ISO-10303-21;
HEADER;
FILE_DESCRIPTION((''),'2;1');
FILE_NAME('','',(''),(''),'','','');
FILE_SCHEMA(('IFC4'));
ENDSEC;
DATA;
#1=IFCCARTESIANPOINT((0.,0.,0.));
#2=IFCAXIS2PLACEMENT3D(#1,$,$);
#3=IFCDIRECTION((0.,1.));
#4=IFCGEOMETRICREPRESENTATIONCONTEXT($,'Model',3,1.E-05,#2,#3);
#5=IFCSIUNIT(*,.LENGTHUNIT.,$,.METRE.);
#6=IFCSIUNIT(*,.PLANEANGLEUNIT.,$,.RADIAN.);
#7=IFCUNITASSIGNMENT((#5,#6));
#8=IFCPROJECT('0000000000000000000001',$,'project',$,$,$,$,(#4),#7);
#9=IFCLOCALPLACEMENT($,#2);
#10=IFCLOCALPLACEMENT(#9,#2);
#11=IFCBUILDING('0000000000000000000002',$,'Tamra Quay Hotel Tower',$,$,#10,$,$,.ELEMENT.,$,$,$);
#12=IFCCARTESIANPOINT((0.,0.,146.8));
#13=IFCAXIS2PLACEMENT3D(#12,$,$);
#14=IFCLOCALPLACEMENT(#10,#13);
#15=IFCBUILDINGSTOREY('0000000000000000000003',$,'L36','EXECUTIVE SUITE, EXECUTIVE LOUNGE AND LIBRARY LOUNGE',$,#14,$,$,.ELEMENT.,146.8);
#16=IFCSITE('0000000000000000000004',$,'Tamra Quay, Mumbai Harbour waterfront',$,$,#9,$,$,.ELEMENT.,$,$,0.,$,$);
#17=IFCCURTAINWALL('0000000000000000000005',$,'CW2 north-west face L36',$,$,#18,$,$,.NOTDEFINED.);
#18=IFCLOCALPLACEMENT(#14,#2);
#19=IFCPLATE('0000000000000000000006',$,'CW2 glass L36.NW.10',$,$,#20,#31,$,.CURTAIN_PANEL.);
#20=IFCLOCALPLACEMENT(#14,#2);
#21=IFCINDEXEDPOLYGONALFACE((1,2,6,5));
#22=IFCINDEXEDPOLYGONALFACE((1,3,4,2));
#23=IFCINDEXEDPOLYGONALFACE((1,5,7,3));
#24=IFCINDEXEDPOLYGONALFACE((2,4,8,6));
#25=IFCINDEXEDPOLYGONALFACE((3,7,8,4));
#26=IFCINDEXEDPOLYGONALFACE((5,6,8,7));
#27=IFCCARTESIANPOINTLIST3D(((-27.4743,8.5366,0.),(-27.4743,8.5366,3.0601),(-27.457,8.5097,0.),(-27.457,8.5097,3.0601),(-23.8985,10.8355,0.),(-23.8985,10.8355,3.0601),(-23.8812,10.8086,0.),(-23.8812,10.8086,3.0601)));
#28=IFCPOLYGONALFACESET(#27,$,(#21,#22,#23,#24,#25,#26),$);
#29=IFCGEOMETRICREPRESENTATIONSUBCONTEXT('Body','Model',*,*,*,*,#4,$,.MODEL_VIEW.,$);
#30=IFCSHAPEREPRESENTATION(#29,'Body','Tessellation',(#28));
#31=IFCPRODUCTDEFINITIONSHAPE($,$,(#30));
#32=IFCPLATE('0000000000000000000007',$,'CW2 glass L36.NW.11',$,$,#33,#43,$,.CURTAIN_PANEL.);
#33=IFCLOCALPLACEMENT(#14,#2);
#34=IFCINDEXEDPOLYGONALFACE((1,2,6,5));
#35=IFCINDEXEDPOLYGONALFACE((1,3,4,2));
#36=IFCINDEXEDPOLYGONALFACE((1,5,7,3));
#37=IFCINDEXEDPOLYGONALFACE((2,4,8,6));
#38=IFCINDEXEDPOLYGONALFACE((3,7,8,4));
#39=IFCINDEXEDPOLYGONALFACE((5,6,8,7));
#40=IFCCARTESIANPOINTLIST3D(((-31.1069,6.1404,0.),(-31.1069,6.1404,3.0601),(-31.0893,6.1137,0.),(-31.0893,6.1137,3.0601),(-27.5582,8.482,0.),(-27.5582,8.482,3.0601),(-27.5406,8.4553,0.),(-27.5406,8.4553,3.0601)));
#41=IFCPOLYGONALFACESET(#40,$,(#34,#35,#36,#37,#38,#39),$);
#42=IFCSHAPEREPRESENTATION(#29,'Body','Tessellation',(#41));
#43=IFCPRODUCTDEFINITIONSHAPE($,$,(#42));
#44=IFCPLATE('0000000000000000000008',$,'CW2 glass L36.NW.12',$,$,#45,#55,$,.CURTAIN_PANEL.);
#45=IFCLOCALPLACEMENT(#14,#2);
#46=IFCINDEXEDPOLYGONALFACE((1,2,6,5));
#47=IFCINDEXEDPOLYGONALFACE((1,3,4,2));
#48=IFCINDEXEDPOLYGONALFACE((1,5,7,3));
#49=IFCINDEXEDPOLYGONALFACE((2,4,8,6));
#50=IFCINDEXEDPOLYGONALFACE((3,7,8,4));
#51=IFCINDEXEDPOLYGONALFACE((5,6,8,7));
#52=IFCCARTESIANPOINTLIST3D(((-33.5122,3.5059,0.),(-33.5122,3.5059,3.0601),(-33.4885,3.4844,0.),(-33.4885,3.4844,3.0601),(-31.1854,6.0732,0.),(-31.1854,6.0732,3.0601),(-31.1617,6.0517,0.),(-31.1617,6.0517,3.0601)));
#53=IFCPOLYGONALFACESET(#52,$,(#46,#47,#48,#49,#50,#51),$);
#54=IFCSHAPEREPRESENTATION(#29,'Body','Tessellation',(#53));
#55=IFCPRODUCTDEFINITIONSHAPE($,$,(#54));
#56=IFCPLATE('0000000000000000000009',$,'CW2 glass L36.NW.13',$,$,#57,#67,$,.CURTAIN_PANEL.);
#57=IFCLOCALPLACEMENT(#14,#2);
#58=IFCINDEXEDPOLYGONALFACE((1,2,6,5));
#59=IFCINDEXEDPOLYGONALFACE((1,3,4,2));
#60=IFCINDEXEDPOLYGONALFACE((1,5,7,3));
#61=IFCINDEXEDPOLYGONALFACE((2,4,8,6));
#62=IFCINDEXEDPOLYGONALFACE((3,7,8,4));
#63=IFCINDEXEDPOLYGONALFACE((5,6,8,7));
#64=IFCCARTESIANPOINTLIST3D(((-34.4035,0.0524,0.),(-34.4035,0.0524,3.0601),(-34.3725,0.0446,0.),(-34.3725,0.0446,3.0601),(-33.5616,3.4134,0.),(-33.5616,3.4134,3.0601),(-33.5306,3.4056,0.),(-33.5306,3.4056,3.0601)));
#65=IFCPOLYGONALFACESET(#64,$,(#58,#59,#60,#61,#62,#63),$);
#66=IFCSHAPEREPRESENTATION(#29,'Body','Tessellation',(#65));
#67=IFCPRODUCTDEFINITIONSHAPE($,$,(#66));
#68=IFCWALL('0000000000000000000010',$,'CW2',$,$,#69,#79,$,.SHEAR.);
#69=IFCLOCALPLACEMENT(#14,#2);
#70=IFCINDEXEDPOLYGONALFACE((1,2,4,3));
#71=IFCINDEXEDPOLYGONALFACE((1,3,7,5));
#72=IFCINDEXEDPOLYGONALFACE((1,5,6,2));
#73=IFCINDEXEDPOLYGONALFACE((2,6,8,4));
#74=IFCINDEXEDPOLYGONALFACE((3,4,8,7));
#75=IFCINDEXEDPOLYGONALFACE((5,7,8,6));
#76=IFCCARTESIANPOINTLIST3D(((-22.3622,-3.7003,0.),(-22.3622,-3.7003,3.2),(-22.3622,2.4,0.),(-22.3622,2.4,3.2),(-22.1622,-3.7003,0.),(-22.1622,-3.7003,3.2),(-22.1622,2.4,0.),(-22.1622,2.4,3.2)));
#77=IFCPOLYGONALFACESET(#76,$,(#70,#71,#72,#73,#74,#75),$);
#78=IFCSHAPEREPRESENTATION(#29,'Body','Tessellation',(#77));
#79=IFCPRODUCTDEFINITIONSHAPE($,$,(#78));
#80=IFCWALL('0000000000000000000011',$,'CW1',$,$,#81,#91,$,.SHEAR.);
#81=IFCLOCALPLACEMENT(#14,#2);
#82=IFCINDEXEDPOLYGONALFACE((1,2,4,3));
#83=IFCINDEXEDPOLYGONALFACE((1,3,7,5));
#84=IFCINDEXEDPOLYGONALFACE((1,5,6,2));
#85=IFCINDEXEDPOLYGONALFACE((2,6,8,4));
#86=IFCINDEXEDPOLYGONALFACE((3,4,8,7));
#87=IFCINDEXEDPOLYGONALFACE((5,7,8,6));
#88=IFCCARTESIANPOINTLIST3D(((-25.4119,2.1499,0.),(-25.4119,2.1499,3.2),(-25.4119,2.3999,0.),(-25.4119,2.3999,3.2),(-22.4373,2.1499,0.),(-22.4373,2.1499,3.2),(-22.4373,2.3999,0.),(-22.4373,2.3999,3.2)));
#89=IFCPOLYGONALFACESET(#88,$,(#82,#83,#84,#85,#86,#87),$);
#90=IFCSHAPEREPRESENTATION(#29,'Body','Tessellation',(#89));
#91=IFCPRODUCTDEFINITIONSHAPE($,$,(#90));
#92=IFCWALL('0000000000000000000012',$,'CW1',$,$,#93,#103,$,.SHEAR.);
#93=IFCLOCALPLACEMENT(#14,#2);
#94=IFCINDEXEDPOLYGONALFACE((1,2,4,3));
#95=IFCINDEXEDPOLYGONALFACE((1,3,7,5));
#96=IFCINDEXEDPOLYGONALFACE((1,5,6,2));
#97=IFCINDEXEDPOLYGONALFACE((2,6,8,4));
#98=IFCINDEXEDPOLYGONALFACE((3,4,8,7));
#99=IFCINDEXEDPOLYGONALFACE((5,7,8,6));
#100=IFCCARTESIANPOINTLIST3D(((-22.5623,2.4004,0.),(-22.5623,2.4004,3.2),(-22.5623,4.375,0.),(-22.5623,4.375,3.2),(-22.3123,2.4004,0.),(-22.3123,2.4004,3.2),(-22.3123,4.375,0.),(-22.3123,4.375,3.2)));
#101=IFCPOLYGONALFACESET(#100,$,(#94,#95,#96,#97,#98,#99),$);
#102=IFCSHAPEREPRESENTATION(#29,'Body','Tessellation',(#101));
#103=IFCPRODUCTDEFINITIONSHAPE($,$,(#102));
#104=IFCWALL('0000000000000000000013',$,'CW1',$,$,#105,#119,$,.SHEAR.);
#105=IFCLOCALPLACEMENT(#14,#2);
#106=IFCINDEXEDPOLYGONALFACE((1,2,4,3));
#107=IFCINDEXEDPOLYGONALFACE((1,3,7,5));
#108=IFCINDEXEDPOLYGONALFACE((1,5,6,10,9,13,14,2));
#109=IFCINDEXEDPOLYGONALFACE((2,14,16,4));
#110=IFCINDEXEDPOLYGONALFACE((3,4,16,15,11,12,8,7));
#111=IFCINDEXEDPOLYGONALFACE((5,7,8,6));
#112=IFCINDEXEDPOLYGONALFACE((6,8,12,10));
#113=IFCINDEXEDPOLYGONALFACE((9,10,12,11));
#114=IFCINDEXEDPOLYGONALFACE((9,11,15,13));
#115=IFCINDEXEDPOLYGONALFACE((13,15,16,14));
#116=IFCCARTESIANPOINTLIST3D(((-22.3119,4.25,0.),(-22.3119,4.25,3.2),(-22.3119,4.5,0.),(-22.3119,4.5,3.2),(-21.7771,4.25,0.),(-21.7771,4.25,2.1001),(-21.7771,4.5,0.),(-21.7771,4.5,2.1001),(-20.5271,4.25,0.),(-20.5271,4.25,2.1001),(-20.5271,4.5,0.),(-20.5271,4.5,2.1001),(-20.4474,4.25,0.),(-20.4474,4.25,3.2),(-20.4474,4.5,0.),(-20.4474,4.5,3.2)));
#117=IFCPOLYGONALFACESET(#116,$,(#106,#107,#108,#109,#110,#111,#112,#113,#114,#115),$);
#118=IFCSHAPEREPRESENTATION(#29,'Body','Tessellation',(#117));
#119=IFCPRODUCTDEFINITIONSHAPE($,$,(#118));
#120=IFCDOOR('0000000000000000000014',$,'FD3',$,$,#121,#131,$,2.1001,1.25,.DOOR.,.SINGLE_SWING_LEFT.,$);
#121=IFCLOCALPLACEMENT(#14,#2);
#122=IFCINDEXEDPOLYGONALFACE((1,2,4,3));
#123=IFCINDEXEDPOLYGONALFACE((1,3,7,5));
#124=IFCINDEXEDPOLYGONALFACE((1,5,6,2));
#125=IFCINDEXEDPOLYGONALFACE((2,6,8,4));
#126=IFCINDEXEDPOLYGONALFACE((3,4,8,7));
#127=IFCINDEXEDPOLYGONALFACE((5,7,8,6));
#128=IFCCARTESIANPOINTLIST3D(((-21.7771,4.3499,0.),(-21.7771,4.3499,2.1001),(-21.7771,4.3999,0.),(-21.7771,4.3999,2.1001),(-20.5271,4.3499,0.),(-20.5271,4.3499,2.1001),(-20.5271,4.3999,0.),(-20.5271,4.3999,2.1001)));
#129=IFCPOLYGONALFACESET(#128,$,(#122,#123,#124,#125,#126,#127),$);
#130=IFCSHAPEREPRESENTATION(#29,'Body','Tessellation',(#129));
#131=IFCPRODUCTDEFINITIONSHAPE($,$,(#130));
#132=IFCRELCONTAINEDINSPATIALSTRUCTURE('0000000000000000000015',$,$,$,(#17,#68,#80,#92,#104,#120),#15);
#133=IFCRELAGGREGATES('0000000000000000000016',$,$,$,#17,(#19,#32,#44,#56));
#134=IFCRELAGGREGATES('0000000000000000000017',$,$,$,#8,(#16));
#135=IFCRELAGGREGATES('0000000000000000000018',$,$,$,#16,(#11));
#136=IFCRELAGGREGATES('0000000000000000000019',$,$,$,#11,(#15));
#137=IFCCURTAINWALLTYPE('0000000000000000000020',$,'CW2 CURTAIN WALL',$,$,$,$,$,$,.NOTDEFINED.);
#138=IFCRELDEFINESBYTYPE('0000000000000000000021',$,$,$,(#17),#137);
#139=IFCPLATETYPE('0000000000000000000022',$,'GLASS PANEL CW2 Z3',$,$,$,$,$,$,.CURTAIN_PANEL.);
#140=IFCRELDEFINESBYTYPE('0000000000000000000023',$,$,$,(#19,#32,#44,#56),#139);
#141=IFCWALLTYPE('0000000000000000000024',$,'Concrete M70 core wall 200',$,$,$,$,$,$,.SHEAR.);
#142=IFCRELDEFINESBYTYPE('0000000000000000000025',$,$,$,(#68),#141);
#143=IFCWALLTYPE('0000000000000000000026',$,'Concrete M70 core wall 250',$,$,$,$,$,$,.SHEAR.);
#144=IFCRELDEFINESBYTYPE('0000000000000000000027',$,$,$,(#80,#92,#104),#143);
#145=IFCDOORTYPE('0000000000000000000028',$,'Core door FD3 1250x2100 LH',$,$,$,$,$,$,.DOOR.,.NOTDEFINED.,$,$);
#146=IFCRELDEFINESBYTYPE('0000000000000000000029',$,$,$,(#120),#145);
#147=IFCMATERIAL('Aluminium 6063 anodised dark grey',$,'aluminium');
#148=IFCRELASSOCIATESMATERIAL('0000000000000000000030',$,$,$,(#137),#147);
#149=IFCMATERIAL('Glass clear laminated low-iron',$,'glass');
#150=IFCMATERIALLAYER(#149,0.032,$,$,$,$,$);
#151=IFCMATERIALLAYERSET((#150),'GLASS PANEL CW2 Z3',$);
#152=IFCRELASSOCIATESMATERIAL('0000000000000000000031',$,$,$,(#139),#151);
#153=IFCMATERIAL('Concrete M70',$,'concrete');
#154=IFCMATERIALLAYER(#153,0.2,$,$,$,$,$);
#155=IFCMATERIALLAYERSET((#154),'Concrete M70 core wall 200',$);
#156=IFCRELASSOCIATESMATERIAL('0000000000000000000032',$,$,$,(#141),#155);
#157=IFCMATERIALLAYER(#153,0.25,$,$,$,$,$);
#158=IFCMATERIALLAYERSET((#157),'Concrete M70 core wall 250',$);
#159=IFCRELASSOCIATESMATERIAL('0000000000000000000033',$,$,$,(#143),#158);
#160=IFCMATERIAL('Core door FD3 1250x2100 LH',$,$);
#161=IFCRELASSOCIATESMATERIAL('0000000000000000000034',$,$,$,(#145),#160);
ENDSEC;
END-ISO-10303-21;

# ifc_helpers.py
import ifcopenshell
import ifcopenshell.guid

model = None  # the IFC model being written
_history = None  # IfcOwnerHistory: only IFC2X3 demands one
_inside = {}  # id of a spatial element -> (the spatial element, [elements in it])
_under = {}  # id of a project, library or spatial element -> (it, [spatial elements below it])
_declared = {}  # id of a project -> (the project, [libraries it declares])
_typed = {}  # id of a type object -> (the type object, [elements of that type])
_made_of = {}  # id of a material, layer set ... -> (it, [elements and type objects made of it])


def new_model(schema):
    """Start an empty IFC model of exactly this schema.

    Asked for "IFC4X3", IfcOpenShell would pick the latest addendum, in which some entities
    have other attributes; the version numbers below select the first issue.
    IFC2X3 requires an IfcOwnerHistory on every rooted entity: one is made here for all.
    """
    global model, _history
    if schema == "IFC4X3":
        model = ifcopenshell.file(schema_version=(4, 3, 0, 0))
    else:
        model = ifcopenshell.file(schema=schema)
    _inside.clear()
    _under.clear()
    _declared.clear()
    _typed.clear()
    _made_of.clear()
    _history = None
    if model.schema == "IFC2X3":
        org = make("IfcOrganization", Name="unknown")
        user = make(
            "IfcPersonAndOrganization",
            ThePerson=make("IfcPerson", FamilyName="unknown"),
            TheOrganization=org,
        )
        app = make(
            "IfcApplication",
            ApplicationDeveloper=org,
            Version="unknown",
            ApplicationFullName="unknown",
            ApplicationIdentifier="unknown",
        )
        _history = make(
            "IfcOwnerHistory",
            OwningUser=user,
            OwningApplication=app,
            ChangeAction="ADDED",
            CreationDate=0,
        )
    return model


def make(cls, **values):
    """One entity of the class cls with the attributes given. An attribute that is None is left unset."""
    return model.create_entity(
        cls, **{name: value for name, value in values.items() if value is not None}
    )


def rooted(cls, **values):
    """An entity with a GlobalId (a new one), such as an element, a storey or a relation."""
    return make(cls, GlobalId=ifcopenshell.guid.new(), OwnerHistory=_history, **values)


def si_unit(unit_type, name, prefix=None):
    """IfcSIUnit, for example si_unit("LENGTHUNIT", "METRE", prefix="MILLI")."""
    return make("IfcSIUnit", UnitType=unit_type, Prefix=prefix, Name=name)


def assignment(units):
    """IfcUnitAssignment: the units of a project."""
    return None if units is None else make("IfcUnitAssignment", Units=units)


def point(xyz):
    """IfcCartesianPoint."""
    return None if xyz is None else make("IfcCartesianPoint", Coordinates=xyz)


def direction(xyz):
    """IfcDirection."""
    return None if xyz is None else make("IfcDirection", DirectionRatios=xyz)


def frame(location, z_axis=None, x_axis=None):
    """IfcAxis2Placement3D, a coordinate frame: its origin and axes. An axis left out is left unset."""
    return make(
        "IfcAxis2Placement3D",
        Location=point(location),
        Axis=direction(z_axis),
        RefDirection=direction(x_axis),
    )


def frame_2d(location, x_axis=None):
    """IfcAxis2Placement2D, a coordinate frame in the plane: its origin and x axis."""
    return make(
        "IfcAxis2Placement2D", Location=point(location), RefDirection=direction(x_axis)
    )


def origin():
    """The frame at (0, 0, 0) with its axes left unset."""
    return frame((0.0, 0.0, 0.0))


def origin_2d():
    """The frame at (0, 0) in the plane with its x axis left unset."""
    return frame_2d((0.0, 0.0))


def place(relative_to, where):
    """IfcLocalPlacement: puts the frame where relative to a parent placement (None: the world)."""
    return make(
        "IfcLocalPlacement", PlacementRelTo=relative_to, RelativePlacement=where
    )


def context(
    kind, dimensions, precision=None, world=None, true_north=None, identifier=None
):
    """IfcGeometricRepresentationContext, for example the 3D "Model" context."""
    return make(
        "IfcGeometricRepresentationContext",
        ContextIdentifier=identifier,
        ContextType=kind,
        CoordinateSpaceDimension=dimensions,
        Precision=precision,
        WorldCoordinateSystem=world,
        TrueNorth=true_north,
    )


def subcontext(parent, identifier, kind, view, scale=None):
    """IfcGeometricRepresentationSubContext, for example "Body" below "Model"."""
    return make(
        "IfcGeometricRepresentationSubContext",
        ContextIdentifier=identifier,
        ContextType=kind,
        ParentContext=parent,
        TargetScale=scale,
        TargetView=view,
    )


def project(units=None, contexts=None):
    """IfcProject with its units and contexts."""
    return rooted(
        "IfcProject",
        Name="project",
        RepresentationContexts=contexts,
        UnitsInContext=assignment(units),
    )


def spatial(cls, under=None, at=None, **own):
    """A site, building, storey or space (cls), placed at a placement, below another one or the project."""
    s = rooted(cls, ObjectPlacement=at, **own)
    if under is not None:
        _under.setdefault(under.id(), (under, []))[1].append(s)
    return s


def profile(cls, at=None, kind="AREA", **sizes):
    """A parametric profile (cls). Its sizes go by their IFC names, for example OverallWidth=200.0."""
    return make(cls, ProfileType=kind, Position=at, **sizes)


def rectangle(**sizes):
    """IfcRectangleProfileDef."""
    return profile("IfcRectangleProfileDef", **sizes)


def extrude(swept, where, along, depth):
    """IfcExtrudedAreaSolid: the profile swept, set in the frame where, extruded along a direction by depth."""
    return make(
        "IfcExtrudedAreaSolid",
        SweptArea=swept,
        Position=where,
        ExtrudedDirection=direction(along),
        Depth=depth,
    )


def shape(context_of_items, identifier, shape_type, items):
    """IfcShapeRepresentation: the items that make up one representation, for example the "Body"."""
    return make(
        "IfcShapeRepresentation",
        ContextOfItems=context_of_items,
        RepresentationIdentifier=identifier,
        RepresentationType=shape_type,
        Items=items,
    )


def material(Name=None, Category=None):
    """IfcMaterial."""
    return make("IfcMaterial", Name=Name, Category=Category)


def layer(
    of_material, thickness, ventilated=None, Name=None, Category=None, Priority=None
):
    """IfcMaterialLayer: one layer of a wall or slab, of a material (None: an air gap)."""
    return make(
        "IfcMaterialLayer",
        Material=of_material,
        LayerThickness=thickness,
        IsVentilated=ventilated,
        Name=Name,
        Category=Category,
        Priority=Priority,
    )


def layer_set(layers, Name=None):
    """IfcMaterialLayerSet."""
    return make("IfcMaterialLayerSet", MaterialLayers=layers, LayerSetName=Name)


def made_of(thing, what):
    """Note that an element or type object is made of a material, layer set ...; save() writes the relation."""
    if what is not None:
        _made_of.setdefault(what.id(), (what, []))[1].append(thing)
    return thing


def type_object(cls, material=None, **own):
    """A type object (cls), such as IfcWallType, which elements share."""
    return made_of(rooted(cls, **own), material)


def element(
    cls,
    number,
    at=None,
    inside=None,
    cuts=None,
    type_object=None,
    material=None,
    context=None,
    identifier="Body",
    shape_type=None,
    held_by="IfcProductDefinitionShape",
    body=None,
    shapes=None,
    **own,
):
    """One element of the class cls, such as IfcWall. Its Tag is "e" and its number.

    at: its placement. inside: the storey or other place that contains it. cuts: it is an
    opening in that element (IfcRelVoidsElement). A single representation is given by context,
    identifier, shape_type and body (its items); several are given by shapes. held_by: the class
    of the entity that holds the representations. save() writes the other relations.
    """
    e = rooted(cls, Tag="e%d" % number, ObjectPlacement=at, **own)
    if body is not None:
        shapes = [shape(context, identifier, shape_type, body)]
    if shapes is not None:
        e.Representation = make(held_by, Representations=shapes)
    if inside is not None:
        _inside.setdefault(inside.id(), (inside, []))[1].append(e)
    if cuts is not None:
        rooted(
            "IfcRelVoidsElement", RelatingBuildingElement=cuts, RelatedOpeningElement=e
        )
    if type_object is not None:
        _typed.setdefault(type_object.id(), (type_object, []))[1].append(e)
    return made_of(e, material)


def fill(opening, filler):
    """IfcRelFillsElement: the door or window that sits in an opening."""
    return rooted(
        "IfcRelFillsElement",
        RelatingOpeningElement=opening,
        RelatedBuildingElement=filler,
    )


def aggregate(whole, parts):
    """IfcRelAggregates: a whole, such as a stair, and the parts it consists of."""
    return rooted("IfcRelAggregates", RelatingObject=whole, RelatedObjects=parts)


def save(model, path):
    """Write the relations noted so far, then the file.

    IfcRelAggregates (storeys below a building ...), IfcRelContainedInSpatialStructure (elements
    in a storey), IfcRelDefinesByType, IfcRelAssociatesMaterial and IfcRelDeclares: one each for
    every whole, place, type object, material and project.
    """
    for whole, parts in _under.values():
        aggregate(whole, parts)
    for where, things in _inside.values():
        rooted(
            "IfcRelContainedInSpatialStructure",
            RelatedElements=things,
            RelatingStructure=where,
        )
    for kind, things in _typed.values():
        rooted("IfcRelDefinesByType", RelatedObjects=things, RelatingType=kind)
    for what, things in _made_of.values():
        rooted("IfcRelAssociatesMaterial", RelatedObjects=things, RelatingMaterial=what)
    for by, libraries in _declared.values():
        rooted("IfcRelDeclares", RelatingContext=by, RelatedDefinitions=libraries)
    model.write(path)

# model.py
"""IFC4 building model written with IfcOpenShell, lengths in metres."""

from ifc_helpers import new_model, si_unit, direction, frame, frame_2d, origin, origin_2d, place, context, subcontext, project, spatial, rectangle, extrude, material, layer, layer_set, type_object, element, fill, aggregate, save


model = new_model("IFC4")

# Units and contexts
model_context = context("Model", 3, precision=1e-05, world=origin(), true_north=direction((0.0, 1.0)))
body_context = subcontext(model_context, "Body", "Model", "MODEL_VIEW")
ifc_project = project(units=[si_unit("LENGTHUNIT", "METRE"), si_unit("PLANEANGLEUNIT", "RADIAN")], contexts=[model_context])

# Site, building, storey
site_placement = place(None, origin())
site = spatial("IfcSite", under=ifc_project, at=site_placement, Name="Tamra Quay, Mumbai Harbour waterfront", CompositionType="ELEMENT", RefElevation=0.0)
building_placement = place(site_placement, origin())
building = spatial("IfcBuilding", under=site, at=building_placement, Name="Tamra Quay Hotel Tower", CompositionType="ELEMENT")
storey_placement = place(building_placement, frame((0.0, 0.0, 146.8)))
storey = spatial("IfcBuildingStorey", under=building, at=storey_placement, Name="L36", Description="EXECUTIVE SUITE, EXECUTIVE LOUNGE AND LIBRARY LOUNGE", CompositionType="ELEMENT", Elevation=146.8)

# Shared definitions
ifc_material_1 = material(Name="Concrete M70", Category="concrete")

# Curtain wall
ifc_material_2 = material(Name="Aluminium 6063 anodised dark grey", Category="aluminium")
curtain_wall_type = type_object("IfcCurtainWallType", Name="CW2 CURTAIN WALL", PredefinedType="NOTDEFINED", material=ifc_material_2)
curtain_wall_placement = place(storey_placement, origin())
curtain_wall = element("IfcCurtainWall", 1, at=curtain_wall_placement, inside=storey, type_object=curtain_wall_type, Name="CW2 north-west face L36", PredefinedType="NOTDEFINED")

# Plates
ifc_material_3 = material(Name="Glass clear laminated low-iron", Category="glass")
ifc_layer_1 = layer(ifc_material_3, 0.032)
ifc_layer_set_1 = layer_set([ifc_layer_1], Name="GLASS PANEL CW2 Z3")
plate_type = type_object("IfcPlateType", Name="GLASS PANEL CW2 Z3", PredefinedType="CURTAIN_PANEL", material=ifc_layer_set_1)
plate_1_placement = place(storey_placement, frame((-25.6777, 9.6726, 0.0), z_axis=(0.0, 0.0, 1.0), x_axis=(-0.841164, -0.54078, 0.0)))
plate_1 = element("IfcPlate", 2, at=plate_1_placement, type_object=plate_type, Name="CW2 glass L36.NW.10", PredefinedType="CURTAIN_PANEL", context=body_context, shape_type="SweptSolid", body=[
    extrude(rectangle(XDim=4.251, YDim=0.032, at=origin_2d()), origin(), (0.0, 0.0, 1.0), 3.0601),
])
plate_2_placement = place(storey_placement, frame((-29.3237, 7.2979, 0.0), z_axis=(0.0, 0.0, 1.0), x_axis=(-0.834663, -0.550761, 0.0)))
plate_2 = element("IfcPlate", 3, at=plate_2_placement, type_object=plate_type, Name="CW2 glass L36.NW.11", PredefinedType="CURTAIN_PANEL", context=body_context, shape_type="SweptSolid", body=[
    extrude(rectangle(XDim=4.2517, YDim=0.032, at=origin_2d()), origin(), (0.0, 0.0, 1.0), 3.0601),
])
plate_3_placement = place(storey_placement, frame((-32.3369, 4.7788, 0.0), z_axis=(0.0, 0.0, 1.0), x_axis=(-0.67155, -0.740959, 0.0)))
plate_3 = element("IfcPlate", 4, at=plate_3_placement, type_object=plate_type, Name="CW2 glass L36.NW.12", PredefinedType="CURTAIN_PANEL", context=body_context, shape_type="SweptSolid", body=[
    extrude(rectangle(XDim=3.4648, YDim=0.032, at=origin_2d()), origin(), (0.0, 0.0, 1.0), 3.0601),
])
plate_4_placement = place(storey_placement, frame((-33.967, 1.729, 0.0), z_axis=(0.0, 0.0, 1.0), x_axis=(-0.242976, -0.970032, 0.0)))
plate_4 = element("IfcPlate", 5, at=plate_4_placement, type_object=plate_type, Name="CW2 glass L36.NW.13", PredefinedType="CURTAIN_PANEL", context=body_context, shape_type="SweptSolid", body=[
    extrude(rectangle(XDim=3.4648, YDim=0.032, at=origin_2d()), origin(), (0.0, 0.0, 1.0), 3.0601),
])
aggregate(curtain_wall, [plate_1, plate_2, plate_3, plate_4])

# Walls
ifc_layer_2 = layer(ifc_material_1, 0.2)
ifc_layer_set_2 = layer_set([ifc_layer_2], Name="Concrete M70 core wall 200")
wall_type_1 = type_object("IfcWallType", Name="Concrete M70 core wall 200", PredefinedType="SHEAR", material=ifc_layer_set_2)
wall_1_placement = place(storey_placement, frame((-22.2622, 2.4001, 0.0), z_axis=(0.0, 0.0, 1.0), x_axis=(0.0, -1.0, 0.0)))
element("IfcWall", 6, at=wall_1_placement, inside=storey, type_object=wall_type_1, Name="CW2", PredefinedType="SHEAR", context=body_context, shape_type="SweptSolid", body=[
    extrude(rectangle(XDim=6.1003, YDim=0.2, at=frame_2d((3.0503, 0.0))), origin(), (0.0, 0.0, 1.0), 3.2),
])
ifc_layer_3 = layer(ifc_material_1, 0.25)
ifc_layer_set_3 = layer_set([ifc_layer_3], Name="Concrete M70 core wall 250")
wall_type_2 = type_object("IfcWallType", Name="Concrete M70 core wall 250", PredefinedType="SHEAR", material=ifc_layer_set_3)
wall_2_placement = place(storey_placement, frame((-25.4119, 2.2749, 0.0), z_axis=(0.0, 0.0, 1.0), x_axis=(1.0, 0.0, 0.0)))
element("IfcWall", 7, at=wall_2_placement, inside=storey, type_object=wall_type_2, Name="CW1", PredefinedType="SHEAR", context=body_context, shape_type="SweptSolid", body=[
    extrude(rectangle(XDim=2.9746, YDim=0.25, at=frame_2d((1.4873, 0.0))), origin(), (0.0, 0.0, 1.0), 3.2),
])
wall_3_placement = place(storey_placement, frame((-22.4373, 2.4004, 0.0), z_axis=(0.0, 0.0, 1.0), x_axis=(0.0, 1.0, 0.0)))
element("IfcWall", 8, at=wall_3_placement, inside=storey, type_object=wall_type_2, Name="CW1", PredefinedType="SHEAR", context=body_context, shape_type="SweptSolid", body=[
    extrude(rectangle(XDim=1.9746, YDim=0.25, at=frame_2d((0.9873, 0.0))), origin(), (0.0, 0.0, 1.0), 3.2),
])

# Wall, opening, door
wall_4_placement = place(storey_placement, frame((-22.3118, 4.375, 0.0), z_axis=(0.0, 0.0, 1.0), x_axis=(1.0, 0.0, 0.0)))
wall_4 = element("IfcWall", 9, at=wall_4_placement, inside=storey, type_object=wall_type_2, Name="CW1", PredefinedType="SHEAR", context=body_context, shape_type="SweptSolid", body=[
    extrude(rectangle(XDim=1.8645, YDim=0.25, at=frame_2d((0.9321, 0.0))), origin(), (0.0, 0.0, 1.0), 3.2),
])
opening_placement = place(wall_4_placement, frame((0.5347, 0.0, 0.0)))
opening = element("IfcOpeningElement", 10, at=opening_placement, cuts=wall_4, PredefinedType="OPENING", context=body_context, shape_type="SweptSolid", body=[
    extrude(rectangle(XDim=1.25, YDim=2.1001, at=frame_2d((0.625, 1.05))), frame((0.0, 0.135, 0.0), z_axis=(0.0, -1.0, 0.0), x_axis=(1.0, 0.0, 0.0)), (0.0, 0.0, 1.0), 0.27),
])
ifc_material_4 = material(Name="Core door FD3 1250x2100 LH")
door_type = type_object("IfcDoorType", Name="Core door FD3 1250x2100 LH", OperationType="NOTDEFINED", PredefinedType="DOOR", material=ifc_material_4)
door_placement = place(opening_placement, origin())
door = element("IfcDoor", 11, at=door_placement, inside=storey, type_object=door_type, Name="FD3", OperationType="SINGLE_SWING_LEFT", OverallHeight=2.1001, OverallWidth=1.25, PredefinedType="DOOR", context=body_context, shape_type="SweptSolid", body=[
    extrude(rectangle(XDim=1.25, YDim=2.1001, at=frame_2d((0.625, 1.05))), frame((0.0, 0.0249, 0.0), z_axis=(0.0, -1.0, 0.0), x_axis=(1.0, 0.0, 0.0)), (0.0, 0.0, 1.0), 0.05),
])
fill(opening, door)

save(model, "model.ifc")
